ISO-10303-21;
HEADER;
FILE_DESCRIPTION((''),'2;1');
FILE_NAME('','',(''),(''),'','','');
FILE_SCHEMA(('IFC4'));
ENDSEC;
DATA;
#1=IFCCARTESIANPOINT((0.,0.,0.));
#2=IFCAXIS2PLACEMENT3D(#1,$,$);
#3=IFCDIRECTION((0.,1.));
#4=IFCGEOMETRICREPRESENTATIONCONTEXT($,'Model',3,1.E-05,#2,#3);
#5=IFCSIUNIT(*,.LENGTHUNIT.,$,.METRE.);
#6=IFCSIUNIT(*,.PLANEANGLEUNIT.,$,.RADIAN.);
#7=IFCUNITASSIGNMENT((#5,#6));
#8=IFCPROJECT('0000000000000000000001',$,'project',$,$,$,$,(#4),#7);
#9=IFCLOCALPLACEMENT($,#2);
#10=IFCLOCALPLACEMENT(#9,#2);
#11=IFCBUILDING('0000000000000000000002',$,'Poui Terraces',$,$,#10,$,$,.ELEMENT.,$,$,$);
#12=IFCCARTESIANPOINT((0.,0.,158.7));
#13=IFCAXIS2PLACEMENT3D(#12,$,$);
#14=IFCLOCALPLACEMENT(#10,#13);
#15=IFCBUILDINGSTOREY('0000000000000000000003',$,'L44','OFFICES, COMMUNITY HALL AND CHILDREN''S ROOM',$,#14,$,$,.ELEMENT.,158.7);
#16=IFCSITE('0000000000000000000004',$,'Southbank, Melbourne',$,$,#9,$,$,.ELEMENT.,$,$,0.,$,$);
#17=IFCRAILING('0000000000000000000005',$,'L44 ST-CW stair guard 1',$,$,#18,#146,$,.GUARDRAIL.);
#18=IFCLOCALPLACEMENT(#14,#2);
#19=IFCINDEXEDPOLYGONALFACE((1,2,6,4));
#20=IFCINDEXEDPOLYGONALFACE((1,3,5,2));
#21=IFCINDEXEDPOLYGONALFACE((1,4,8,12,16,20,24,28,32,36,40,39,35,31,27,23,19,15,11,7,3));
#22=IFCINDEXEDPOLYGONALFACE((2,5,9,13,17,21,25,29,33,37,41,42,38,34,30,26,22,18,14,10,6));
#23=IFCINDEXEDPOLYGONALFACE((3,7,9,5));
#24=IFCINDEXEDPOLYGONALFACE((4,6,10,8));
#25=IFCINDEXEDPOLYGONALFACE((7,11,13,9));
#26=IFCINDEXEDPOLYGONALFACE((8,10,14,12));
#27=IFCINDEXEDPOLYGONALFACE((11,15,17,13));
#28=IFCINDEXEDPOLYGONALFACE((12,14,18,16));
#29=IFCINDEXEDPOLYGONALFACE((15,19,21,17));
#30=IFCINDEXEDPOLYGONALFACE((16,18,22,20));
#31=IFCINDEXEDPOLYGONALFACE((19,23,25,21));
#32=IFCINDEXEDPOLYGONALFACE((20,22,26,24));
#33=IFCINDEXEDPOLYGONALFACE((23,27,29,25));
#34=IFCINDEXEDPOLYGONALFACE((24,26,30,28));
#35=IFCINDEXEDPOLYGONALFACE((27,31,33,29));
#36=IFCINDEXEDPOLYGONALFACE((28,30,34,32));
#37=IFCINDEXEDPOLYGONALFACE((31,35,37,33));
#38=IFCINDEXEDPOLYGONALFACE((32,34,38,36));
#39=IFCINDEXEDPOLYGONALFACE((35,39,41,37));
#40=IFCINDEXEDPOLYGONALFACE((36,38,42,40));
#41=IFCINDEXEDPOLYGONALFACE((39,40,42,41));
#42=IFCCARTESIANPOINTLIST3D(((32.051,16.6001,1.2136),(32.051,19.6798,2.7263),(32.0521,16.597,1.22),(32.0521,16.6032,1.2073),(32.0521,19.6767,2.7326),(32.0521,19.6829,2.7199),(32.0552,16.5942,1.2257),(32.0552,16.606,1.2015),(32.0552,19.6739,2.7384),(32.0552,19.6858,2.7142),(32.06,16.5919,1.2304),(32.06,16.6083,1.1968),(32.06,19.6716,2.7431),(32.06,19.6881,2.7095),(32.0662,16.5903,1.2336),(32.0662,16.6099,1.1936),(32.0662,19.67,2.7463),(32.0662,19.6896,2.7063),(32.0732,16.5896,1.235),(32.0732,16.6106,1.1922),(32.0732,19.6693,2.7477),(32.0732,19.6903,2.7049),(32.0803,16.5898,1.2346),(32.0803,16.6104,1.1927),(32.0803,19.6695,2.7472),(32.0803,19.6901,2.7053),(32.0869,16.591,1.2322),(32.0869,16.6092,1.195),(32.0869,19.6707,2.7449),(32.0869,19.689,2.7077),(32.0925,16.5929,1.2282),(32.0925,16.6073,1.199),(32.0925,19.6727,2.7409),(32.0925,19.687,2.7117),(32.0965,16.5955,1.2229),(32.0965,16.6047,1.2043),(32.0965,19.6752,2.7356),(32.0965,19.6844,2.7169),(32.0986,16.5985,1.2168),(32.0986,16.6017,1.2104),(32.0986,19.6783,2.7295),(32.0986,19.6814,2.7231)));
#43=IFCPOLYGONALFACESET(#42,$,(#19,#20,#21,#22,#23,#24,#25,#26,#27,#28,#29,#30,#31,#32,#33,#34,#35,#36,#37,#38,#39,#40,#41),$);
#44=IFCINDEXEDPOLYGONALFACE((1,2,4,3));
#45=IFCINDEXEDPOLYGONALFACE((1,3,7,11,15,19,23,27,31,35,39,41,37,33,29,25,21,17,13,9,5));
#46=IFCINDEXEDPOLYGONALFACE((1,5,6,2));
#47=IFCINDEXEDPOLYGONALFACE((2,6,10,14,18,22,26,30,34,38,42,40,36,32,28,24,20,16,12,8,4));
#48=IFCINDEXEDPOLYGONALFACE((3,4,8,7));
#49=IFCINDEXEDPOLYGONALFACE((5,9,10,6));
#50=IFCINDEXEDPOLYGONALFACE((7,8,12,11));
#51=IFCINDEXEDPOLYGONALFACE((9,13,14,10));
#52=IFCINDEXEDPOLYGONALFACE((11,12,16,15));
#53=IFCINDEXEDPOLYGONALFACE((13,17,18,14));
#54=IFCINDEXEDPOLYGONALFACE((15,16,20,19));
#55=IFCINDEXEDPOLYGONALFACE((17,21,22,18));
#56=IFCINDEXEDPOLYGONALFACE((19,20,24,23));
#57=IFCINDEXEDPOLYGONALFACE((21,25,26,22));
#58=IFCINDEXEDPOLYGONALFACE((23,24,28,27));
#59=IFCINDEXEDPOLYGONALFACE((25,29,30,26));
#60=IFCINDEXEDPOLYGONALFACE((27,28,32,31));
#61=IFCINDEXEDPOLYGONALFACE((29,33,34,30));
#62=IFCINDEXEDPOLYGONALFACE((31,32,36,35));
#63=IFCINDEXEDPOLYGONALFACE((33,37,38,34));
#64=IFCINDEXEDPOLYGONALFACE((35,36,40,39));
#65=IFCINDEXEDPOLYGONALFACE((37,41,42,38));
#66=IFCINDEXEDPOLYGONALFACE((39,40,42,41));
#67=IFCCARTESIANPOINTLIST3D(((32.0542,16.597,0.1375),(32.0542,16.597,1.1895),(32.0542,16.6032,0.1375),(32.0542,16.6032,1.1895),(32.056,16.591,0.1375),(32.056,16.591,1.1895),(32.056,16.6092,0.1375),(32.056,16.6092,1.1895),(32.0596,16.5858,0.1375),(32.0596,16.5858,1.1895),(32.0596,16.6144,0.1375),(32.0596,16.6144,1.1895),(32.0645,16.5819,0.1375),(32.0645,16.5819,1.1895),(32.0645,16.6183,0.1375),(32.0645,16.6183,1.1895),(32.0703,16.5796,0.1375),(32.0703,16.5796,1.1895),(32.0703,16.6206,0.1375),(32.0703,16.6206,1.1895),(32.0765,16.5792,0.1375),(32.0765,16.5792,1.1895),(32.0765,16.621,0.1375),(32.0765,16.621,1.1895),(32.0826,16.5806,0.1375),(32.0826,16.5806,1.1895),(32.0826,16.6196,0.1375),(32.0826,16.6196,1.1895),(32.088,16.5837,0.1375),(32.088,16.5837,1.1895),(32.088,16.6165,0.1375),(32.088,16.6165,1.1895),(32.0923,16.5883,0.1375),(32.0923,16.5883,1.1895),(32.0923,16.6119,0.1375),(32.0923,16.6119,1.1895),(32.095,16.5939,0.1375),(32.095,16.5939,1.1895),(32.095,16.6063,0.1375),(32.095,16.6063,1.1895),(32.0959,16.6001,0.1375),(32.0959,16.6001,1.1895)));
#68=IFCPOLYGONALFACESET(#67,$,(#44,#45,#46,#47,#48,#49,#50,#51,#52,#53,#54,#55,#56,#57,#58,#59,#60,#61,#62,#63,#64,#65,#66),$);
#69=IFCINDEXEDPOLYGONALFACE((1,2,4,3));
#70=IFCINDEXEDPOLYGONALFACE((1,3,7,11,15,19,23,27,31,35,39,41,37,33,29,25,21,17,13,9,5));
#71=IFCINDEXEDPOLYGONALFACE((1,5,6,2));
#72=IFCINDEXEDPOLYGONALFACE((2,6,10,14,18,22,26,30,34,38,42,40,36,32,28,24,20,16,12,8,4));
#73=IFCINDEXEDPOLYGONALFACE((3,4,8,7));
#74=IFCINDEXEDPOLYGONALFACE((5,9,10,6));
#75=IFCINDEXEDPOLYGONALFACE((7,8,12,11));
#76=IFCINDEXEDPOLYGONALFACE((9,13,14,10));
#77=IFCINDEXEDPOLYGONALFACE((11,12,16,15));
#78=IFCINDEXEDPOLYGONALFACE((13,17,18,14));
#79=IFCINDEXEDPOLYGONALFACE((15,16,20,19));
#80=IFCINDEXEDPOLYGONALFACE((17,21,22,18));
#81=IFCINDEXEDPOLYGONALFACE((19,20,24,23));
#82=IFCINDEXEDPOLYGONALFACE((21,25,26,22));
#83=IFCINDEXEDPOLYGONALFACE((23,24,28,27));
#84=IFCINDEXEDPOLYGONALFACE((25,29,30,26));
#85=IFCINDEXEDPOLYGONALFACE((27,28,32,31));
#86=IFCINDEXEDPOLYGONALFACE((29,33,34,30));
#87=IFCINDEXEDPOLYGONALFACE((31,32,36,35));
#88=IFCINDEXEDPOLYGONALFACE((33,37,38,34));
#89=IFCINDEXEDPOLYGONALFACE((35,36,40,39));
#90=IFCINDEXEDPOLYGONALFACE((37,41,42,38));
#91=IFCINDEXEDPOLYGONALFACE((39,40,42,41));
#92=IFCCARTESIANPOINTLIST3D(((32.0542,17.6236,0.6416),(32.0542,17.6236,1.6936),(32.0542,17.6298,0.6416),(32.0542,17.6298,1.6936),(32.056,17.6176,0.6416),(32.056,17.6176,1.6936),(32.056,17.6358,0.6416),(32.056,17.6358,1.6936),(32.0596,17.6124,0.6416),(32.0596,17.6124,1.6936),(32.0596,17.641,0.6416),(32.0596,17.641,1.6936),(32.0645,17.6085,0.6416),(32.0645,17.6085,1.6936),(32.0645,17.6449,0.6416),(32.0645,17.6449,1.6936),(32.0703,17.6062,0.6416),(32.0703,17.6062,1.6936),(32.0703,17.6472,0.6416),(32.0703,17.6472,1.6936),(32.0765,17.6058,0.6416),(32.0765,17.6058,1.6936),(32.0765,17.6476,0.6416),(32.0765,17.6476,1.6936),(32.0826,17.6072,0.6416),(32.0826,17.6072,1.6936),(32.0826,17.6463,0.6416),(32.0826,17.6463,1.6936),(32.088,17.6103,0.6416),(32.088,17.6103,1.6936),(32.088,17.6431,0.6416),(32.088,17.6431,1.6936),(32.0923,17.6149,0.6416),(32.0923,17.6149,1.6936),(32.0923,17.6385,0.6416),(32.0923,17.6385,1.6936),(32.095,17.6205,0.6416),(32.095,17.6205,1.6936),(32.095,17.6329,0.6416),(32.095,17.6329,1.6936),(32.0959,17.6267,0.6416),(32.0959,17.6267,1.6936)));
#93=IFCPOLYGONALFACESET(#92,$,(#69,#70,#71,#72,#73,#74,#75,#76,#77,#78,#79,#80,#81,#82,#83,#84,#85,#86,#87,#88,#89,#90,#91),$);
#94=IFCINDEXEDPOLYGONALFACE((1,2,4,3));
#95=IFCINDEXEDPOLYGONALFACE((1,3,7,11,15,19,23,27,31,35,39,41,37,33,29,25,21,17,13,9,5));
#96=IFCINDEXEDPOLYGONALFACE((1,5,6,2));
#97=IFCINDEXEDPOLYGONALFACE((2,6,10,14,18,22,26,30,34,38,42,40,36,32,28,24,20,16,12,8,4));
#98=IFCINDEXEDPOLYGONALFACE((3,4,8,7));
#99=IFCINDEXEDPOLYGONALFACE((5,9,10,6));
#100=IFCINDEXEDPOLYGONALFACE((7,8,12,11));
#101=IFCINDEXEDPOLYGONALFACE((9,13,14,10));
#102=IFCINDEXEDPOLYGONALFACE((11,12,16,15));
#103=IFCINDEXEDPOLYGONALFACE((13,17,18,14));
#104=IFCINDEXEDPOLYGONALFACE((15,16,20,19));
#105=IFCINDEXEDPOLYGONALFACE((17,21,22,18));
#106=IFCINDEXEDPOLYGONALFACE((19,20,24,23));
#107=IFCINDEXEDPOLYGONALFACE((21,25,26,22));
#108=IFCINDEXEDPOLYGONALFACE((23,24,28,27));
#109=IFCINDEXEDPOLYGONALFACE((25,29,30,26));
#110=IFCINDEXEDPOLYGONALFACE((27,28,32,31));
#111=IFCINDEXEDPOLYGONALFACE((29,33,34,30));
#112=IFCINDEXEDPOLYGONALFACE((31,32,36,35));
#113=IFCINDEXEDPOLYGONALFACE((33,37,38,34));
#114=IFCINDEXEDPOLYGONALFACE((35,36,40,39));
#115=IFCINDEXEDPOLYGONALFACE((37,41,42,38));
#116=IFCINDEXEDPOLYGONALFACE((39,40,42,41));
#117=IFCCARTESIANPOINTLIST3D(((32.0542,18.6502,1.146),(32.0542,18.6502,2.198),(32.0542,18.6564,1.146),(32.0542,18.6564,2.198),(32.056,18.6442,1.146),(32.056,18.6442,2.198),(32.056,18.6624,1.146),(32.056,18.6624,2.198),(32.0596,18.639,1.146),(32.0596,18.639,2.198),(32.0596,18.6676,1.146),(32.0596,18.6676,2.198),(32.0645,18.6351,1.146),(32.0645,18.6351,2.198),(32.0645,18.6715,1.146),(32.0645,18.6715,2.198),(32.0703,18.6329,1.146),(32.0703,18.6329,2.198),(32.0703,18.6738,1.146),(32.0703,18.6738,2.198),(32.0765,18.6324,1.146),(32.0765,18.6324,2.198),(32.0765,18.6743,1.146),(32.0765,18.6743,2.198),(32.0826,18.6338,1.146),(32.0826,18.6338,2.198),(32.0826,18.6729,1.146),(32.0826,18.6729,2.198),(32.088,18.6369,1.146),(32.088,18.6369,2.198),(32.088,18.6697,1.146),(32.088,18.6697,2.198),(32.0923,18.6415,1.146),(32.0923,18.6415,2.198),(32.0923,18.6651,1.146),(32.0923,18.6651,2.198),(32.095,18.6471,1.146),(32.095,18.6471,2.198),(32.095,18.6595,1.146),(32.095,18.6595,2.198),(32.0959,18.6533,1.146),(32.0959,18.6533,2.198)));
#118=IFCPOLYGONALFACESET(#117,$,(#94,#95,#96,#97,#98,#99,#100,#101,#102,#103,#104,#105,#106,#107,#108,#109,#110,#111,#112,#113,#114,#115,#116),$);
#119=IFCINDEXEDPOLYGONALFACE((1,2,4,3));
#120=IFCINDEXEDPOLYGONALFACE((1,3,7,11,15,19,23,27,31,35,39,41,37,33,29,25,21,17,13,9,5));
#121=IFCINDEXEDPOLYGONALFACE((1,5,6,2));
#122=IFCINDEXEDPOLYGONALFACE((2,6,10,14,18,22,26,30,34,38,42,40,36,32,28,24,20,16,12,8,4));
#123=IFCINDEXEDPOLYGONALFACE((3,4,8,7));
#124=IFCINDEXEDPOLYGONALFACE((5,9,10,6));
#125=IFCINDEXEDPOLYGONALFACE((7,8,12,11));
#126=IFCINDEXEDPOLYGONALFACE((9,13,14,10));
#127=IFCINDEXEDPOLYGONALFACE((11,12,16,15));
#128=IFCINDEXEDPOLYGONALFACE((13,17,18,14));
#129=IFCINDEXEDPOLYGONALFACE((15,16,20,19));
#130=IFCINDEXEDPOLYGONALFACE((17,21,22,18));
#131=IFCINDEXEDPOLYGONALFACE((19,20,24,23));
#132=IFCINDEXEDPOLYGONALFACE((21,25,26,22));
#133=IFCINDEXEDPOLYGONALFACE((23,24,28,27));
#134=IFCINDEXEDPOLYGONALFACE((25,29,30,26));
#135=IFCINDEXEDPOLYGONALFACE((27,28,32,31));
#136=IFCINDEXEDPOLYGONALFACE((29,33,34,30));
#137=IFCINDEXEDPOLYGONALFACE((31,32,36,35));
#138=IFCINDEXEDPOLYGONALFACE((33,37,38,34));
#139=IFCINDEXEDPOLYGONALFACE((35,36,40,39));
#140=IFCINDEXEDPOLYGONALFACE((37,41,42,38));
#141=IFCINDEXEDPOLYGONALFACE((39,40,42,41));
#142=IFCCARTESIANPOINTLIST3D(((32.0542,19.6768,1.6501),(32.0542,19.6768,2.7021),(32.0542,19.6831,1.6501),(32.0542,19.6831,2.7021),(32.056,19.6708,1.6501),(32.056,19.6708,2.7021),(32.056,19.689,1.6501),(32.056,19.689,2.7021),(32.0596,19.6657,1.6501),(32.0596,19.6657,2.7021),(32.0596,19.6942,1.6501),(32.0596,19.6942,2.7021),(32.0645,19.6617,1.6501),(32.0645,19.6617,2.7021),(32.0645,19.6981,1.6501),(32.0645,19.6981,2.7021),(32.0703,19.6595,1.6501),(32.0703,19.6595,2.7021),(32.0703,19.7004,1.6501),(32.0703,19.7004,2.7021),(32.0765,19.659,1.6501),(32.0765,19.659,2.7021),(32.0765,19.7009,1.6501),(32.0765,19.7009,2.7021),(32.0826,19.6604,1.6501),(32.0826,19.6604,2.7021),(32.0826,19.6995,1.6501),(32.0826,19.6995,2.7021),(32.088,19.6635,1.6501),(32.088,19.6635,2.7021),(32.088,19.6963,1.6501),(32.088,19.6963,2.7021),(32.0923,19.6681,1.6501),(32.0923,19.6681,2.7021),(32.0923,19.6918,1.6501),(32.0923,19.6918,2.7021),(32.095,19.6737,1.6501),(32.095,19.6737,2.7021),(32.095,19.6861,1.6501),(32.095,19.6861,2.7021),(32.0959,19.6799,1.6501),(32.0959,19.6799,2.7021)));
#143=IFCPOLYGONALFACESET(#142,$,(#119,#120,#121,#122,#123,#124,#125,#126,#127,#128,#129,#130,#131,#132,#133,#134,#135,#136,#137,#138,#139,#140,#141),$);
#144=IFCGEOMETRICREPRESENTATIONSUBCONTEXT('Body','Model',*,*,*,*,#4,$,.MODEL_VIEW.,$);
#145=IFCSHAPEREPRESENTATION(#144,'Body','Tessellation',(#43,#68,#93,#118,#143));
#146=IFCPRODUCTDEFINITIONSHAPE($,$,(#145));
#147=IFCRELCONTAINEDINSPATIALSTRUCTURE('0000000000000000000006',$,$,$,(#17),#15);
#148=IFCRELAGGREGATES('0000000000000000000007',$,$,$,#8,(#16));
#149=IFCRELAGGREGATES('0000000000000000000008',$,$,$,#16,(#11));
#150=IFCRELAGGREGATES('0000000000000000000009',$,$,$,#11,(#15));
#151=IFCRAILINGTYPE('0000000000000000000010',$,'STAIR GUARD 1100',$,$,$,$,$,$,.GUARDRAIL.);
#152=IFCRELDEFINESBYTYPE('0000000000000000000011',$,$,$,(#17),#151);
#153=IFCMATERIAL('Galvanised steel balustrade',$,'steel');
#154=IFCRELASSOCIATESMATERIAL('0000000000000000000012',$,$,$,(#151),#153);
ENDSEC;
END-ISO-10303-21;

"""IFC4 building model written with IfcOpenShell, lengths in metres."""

from ifc_helpers import new_model, si_unit, direction, frame, origin, origin_2d, place, context, subcontext, project, spatial, circle, extrude, material, type_object, element, save


model = new_model("IFC4")

# Units and contexts
model_context = context("Model", 3, precision=1e-05, world=origin(), true_north=direction((0.0, 1.0)))
body_context = subcontext(model_context, "Body", "Model", "MODEL_VIEW")
ifc_project = project(units=[si_unit("LENGTHUNIT", "METRE"), si_unit("PLANEANGLEUNIT", "RADIAN")], contexts=[model_context])

# Site, building, storey
site_placement = place(None, origin())
site = spatial("IfcSite", under=ifc_project, at=site_placement, Name="Southbank, Melbourne", CompositionType="ELEMENT", RefElevation=0.0)
building_placement = place(site_placement, origin())
building = spatial("IfcBuilding", under=site, at=building_placement, Name="Poui Terraces", CompositionType="ELEMENT")
storey_placement = place(building_placement, frame((0.0, 0.0, 158.7)))
storey = spatial("IfcBuildingStorey", under=building, at=storey_placement, Name="L44", Description="OFFICES, COMMUNITY HALL AND CHILDREN'S ROOM", CompositionType="ELEMENT", Elevation=158.7)

# Railing
ifc_material_1 = material(Name="Galvanised steel balustrade", Category="steel")
railing_type = type_object("IfcRailingType", Name="STAIR GUARD 1100", PredefinedType="GUARDRAIL", material=ifc_material_1)
railing_1_placement = place(storey_placement, frame((32.075, 16.6001, 0.1375)))
element("IfcRailing", 1, at=railing_1_placement, inside=storey, type_object=railing_type, Name="L44 ST-CW stair guard 1", PredefinedType="GUARDRAIL", context=body_context, shape_type="SweptSolid", body=[
    extrude(circle(Radius=0.0239, at=origin_2d()), frame((0.0, 0.0, 1.0762), z_axis=(0.0, 0.897578, 0.440856), x_axis=(-1.0, 0.0, 0.0)), (0.0, 0.0, 1.0), 3.4312),
    extrude(circle(Radius=0.021, at=origin_2d()), origin(), (0.0, 0.0, 1.0), 1.052),
    extrude(circle(Radius=0.021, at=origin_2d()), frame((0.0, 1.0266, 0.5042)), (0.0, 0.0, 1.0), 1.052),
    extrude(circle(Radius=0.021, at=origin_2d()), frame((0.0, 2.0532, 1.0085)), (0.0, 0.0, 1.0), 1.052),
    extrude(circle(Radius=0.021, at=origin_2d()), frame((0.0, 3.0798, 1.5127)), (0.0, 0.0, 1.0), 1.052),
])

save(model, "model.ifc")
